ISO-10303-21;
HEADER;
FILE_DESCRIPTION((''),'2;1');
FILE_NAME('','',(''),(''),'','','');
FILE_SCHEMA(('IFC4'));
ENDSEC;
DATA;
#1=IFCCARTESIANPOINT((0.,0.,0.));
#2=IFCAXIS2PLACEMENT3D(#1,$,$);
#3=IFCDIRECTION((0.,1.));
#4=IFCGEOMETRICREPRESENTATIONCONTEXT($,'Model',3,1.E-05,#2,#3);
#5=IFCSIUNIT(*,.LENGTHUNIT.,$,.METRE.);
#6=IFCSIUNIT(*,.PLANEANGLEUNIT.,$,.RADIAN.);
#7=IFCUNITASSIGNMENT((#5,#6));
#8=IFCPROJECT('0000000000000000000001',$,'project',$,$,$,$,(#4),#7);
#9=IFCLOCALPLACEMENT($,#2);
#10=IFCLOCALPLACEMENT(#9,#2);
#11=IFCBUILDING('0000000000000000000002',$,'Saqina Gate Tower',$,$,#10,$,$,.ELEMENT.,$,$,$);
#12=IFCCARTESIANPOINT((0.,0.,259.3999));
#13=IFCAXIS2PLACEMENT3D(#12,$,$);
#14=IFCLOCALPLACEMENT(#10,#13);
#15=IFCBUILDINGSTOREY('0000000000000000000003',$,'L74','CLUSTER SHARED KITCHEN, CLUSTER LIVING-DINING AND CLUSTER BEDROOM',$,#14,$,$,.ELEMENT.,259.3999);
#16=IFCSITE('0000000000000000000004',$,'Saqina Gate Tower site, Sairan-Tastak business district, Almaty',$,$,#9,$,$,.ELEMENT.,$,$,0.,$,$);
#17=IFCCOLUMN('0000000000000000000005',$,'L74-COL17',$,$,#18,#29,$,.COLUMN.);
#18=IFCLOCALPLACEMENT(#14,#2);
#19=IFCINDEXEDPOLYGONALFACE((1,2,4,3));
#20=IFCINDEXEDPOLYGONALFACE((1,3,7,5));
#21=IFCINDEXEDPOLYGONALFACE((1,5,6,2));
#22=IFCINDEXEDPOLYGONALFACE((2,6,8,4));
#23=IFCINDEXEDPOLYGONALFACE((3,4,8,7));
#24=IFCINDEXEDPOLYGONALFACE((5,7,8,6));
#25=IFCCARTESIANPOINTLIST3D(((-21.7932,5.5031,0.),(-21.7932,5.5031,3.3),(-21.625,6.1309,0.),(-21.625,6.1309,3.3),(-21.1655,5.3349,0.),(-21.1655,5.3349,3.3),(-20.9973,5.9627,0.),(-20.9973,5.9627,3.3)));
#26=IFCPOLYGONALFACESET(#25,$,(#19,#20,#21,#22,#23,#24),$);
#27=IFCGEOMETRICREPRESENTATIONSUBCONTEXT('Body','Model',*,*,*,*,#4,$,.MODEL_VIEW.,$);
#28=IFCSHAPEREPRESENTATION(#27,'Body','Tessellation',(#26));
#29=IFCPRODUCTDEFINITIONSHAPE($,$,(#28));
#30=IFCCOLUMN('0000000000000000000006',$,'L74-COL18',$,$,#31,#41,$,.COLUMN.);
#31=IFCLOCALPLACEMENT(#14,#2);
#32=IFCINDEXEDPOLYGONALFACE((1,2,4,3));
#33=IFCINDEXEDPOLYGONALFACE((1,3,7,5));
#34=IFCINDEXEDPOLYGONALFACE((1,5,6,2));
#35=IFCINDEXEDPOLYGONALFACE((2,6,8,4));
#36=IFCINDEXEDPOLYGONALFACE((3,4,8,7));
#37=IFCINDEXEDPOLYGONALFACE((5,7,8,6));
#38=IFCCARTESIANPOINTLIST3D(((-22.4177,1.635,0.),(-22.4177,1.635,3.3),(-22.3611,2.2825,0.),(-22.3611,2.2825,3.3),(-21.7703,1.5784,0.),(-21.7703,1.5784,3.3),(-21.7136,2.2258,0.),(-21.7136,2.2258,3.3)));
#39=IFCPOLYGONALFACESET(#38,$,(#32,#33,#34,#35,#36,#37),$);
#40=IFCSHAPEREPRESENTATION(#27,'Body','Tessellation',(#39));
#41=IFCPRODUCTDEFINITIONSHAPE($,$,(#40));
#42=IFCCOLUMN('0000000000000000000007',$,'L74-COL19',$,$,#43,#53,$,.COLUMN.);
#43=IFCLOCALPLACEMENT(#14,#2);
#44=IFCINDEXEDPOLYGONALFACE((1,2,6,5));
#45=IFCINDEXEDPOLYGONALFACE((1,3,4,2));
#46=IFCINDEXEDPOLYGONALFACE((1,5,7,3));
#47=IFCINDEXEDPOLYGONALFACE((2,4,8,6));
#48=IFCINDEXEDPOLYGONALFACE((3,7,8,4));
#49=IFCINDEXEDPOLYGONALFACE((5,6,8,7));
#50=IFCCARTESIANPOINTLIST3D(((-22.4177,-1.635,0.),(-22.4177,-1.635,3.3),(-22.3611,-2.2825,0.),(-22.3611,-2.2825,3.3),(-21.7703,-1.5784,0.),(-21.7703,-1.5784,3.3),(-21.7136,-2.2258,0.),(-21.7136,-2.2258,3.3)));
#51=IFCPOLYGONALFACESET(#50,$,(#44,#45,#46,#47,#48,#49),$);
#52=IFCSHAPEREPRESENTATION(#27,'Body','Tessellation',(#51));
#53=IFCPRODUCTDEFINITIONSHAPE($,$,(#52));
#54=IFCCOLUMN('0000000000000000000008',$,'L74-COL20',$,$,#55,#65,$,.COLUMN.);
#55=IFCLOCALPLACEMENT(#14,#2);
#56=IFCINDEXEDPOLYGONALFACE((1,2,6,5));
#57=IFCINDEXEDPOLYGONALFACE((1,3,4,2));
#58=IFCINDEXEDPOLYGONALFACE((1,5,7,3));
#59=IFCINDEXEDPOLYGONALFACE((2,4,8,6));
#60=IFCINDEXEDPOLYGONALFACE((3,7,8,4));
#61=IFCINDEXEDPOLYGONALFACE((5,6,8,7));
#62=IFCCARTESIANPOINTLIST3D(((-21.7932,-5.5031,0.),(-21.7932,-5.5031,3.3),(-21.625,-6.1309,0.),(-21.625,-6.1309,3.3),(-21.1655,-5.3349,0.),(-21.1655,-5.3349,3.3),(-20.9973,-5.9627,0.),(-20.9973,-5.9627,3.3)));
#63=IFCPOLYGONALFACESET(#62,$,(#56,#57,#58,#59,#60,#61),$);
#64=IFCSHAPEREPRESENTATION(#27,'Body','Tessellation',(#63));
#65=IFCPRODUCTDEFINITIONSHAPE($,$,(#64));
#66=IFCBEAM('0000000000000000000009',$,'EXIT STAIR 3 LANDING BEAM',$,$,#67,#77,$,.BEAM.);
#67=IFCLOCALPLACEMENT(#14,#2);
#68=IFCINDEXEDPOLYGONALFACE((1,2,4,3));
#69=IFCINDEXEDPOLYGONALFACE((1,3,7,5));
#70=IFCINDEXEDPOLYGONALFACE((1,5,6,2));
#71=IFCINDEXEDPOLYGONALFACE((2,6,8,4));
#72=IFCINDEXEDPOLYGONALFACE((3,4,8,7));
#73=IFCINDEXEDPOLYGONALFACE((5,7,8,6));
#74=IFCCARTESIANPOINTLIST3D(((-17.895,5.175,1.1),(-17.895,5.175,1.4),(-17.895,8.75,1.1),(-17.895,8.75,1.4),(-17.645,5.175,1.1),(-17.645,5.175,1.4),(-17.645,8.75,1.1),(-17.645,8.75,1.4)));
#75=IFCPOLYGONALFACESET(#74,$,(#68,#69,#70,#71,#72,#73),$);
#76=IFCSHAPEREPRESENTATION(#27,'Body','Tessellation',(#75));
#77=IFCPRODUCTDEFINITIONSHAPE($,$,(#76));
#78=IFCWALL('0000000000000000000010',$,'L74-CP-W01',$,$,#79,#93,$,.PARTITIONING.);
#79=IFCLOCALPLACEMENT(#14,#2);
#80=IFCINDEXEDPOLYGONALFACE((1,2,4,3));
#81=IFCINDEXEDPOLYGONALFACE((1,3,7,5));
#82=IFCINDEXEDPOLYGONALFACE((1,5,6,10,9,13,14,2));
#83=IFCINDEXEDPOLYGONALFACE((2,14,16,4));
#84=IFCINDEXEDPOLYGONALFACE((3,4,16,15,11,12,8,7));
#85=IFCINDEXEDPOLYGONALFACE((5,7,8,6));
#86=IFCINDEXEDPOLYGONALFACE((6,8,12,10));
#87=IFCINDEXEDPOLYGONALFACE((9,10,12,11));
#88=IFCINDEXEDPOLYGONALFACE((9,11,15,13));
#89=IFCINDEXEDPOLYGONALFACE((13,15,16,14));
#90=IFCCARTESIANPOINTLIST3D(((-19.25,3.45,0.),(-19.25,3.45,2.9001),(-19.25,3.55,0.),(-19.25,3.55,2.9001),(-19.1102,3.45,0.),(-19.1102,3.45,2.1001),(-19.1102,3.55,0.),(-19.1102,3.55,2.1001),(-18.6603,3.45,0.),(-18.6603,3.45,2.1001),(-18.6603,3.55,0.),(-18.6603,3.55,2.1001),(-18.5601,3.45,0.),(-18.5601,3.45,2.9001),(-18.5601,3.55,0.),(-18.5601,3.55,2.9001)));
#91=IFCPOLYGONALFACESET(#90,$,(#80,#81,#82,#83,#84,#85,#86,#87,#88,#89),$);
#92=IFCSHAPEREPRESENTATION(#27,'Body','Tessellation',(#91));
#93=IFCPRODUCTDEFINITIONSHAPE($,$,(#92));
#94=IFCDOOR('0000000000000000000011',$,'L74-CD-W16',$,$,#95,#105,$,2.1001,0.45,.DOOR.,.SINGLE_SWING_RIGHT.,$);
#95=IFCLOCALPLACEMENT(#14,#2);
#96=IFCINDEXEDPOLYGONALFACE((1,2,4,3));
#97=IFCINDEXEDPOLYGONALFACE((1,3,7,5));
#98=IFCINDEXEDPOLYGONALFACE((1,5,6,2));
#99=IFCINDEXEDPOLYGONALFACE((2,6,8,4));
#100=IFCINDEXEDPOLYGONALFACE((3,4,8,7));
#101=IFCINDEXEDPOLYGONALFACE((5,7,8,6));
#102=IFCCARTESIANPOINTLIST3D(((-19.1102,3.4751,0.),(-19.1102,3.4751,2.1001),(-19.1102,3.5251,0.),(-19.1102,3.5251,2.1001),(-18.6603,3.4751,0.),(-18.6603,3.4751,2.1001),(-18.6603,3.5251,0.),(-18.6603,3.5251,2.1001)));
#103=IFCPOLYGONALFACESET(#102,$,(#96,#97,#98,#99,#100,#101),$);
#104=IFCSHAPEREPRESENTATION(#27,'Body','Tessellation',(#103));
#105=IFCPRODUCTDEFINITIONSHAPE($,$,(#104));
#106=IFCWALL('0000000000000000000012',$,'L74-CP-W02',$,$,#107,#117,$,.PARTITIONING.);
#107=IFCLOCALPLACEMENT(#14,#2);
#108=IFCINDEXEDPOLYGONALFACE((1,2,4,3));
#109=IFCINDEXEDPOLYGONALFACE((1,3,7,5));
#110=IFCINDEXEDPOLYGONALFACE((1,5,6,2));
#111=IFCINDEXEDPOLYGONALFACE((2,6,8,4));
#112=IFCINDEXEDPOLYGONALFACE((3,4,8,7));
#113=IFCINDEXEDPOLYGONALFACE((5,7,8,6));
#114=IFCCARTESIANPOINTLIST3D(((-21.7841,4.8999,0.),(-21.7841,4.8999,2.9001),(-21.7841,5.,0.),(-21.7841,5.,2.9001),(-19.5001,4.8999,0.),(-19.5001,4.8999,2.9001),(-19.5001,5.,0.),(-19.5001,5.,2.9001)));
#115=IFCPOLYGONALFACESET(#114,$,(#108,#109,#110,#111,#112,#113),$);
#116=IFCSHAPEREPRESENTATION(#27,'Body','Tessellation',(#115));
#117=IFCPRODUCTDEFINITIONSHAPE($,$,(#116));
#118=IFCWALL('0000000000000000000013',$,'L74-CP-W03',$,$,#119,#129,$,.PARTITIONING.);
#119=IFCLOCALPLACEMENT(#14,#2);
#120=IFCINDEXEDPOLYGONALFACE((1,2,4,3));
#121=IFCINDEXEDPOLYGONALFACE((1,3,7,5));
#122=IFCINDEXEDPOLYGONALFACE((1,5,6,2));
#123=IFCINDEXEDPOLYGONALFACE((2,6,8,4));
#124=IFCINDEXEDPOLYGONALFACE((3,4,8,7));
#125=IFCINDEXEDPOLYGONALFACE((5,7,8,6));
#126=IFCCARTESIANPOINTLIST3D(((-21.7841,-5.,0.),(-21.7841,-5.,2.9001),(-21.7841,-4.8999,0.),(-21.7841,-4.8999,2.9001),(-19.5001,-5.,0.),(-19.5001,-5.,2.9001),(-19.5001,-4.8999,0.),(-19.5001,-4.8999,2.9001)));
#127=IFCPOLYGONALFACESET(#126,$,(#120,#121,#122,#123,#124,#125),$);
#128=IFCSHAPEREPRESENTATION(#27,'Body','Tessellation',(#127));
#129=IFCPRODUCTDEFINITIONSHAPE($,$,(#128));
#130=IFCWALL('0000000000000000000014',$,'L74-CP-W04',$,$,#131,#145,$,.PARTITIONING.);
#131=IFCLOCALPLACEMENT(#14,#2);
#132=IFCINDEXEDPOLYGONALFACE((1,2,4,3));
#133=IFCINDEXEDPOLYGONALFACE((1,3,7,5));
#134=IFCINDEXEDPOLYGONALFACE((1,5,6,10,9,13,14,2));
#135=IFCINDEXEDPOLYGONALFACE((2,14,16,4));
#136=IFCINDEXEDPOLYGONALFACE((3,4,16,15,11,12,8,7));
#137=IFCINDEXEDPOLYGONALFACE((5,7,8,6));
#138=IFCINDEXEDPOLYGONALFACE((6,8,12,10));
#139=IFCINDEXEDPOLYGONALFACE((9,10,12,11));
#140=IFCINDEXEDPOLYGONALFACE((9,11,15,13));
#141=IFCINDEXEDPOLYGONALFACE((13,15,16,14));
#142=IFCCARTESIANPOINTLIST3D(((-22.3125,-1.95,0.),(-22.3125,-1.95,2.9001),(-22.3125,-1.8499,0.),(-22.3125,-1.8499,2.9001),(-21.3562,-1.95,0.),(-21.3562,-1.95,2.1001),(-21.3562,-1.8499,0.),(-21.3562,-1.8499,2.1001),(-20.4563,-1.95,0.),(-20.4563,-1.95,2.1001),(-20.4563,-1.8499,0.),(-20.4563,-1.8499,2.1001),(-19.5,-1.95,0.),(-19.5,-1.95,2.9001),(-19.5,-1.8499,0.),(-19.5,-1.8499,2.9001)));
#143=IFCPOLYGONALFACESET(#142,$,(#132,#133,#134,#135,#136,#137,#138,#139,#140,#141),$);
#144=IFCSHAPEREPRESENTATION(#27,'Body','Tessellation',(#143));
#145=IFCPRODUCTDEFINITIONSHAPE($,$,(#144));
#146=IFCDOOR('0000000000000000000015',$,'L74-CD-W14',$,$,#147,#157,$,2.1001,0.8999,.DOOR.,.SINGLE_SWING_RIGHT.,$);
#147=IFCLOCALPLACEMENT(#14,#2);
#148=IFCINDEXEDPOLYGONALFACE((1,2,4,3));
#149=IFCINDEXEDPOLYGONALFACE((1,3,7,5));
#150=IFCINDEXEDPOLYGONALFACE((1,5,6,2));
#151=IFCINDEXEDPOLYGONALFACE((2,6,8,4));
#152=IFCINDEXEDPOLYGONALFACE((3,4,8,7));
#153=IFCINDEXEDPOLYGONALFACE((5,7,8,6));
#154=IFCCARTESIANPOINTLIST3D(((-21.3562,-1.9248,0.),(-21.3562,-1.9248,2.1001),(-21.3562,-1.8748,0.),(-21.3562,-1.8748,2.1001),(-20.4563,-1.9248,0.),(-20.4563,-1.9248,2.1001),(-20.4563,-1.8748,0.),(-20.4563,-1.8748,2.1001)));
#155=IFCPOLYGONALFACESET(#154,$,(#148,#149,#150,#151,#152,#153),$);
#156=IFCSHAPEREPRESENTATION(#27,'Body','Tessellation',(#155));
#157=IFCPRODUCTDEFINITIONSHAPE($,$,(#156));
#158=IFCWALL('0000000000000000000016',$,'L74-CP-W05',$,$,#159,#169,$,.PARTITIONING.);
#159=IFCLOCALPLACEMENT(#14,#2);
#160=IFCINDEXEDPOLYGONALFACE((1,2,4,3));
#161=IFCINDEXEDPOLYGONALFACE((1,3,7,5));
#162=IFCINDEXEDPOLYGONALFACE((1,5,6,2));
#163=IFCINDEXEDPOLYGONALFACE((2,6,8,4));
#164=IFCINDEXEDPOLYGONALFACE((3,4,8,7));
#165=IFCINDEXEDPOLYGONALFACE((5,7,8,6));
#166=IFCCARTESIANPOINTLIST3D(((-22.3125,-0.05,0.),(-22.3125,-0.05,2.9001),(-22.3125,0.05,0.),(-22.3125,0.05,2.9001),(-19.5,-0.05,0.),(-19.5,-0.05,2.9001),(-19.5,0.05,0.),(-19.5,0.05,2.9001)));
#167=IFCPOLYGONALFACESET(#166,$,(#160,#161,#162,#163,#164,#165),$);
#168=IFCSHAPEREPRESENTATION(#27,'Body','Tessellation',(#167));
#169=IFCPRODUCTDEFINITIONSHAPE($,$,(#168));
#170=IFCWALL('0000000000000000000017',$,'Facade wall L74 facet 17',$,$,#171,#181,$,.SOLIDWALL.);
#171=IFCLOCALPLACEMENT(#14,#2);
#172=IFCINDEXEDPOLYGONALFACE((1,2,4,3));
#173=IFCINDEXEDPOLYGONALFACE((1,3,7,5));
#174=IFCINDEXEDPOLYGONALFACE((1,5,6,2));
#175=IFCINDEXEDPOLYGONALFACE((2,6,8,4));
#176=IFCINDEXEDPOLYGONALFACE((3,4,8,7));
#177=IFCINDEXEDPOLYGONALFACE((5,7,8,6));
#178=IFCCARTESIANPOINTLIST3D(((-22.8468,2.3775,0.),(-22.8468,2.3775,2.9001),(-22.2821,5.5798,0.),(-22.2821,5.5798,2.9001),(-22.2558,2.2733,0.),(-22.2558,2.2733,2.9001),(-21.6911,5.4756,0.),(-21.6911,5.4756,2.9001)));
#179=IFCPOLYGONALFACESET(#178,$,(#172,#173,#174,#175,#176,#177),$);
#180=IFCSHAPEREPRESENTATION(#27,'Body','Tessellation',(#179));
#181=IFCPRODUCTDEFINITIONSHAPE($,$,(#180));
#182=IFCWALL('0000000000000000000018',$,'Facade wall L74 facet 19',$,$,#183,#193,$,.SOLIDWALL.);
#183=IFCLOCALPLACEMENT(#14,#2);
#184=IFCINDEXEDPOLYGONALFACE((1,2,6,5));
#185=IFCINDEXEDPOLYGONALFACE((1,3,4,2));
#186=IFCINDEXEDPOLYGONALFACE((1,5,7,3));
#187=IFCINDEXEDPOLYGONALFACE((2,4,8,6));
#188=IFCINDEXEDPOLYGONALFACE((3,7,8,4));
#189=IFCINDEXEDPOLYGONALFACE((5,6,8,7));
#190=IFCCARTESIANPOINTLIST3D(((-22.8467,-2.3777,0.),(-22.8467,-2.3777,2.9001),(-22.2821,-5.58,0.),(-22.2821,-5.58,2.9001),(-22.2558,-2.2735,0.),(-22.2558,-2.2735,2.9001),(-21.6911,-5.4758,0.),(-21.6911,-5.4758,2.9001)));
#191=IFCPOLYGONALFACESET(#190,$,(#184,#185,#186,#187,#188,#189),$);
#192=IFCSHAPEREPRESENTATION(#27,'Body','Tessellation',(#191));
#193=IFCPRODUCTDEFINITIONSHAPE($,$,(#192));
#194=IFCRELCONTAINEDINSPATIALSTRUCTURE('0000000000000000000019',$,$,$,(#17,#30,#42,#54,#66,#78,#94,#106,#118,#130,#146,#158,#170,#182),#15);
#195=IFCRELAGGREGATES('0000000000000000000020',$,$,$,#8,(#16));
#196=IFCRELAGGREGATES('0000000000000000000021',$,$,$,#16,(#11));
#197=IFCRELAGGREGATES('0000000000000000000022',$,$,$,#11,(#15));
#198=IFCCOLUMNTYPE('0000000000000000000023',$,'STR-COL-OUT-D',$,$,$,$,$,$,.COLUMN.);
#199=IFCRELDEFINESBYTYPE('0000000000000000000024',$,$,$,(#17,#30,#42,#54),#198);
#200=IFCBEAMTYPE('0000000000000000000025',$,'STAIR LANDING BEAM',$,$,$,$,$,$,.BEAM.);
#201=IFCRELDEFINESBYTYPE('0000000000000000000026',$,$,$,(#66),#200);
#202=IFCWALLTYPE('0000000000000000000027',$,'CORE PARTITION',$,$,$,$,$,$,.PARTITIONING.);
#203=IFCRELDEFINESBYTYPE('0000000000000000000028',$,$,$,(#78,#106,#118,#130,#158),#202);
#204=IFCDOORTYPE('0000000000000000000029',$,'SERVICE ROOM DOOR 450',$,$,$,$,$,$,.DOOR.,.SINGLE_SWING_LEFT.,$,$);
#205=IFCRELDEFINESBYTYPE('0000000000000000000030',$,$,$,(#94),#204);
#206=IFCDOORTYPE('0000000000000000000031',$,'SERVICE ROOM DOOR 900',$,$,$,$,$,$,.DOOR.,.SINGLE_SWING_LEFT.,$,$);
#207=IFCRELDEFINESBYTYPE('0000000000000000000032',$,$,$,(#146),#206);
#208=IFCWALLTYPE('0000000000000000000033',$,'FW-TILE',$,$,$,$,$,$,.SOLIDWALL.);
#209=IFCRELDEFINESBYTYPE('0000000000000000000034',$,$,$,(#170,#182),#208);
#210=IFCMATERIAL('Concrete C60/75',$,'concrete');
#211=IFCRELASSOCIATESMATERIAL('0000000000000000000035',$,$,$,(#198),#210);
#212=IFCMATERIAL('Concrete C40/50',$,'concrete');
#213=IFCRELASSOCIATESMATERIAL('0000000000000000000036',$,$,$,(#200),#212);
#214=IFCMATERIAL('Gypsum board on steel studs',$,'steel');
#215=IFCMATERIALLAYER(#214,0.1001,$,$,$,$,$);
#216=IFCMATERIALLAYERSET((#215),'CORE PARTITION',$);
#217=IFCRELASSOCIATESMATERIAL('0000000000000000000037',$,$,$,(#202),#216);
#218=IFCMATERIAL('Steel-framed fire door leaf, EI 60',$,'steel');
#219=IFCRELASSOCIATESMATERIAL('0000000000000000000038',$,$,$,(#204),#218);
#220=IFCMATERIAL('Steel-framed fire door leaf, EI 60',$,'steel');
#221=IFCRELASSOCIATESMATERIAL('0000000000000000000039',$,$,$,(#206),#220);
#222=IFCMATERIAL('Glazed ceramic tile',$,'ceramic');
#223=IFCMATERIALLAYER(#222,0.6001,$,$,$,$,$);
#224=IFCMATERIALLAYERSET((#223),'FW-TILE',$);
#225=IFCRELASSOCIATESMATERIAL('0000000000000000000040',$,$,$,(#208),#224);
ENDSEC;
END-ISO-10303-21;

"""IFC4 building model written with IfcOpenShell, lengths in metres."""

from ifc_helpers import new_model, si_unit, direction, frame, frame_2d, origin, origin_2d, place, context, subcontext, project, spatial, rectangle, extrude, material, layer, layer_set, material_profile, profile_set, type_object, element, fill, save


model = new_model("IFC4")

# Units and contexts
model_context = context("Model", 3, precision=1e-05, world=origin(), true_north=direction((0.0, 1.0)))
body_context = subcontext(model_context, "Body", "Model", "MODEL_VIEW")
ifc_project = project(units=[si_unit("LENGTHUNIT", "METRE"), si_unit("PLANEANGLEUNIT", "RADIAN")], contexts=[model_context])

# Site, building, storey
site_placement = place(None, origin())
site = spatial("IfcSite", under=ifc_project, at=site_placement, Name="Saqina Gate Tower site, Sairan-Tastak business district, Almaty", CompositionType="ELEMENT", RefElevation=0.0)
building_placement = place(site_placement, origin())
building = spatial("IfcBuilding", under=site, at=building_placement, Name="Saqina Gate Tower", CompositionType="ELEMENT")
storey_placement = place(building_placement, frame((0.0, 0.0, 259.3999)))
storey = spatial("IfcBuildingStorey", under=building, at=storey_placement, Name="L74", Description="CLUSTER SHARED KITCHEN, CLUSTER LIVING-DINING AND CLUSTER BEDROOM", CompositionType="ELEMENT", Elevation=259.3999)

# Columns
ifc_material_1 = material(Name="Concrete C60/75", Category="concrete")
ifc_material_profile_1 = material_profile(ifc_material_1, rectangle(XDim=0.6499, YDim=0.6499, at=origin_2d()), Name="RC 650x650")
ifc_profile_set_1 = profile_set([ifc_material_profile_1], Name="Concrete C60/75")
column_type = type_object("IfcColumnType", Name="STR-COL-OUT-D", PredefinedType="COLUMN", material=ifc_profile_set_1)
for number, where, z_axis, x_axis, name in (
    (1, (-21.3953, 5.7329, 0.0), (0.0, 0.0, 1.0), (-0.965926, 0.258819, 0.0), "L74-COL17"),
    (2, (-22.0657, 1.9304, 0.0), (0.0, 0.0, 1.0), (-0.996195, 0.087156, 0.0), "L74-COL18"),
    (3, (-22.0657, -1.9304, 0.0), (0.0, 0.0, 1.0), (-0.996195, -0.087156, 0.0), "L74-COL19"),
    (4, (-21.3953, -5.7329, 0.0), (0.0, 0.0, 1.0), (-0.965926, -0.258819, 0.0), "L74-COL20"),
):
    element("IfcColumn", number, at=place(storey_placement, frame(where, z_axis=z_axis, x_axis=x_axis)), inside=storey, type_object=column_type, Name=name, PredefinedType="COLUMN", context=body_context, shape_type="SweptSolid", body=[
        extrude(rectangle(XDim=0.6499, YDim=0.6499, at=origin_2d()), origin(), (0.0, 0.0, 1.0), 3.3),
    ])

# Beam
ifc_material_2 = material(Name="Concrete C40/50", Category="concrete")
ifc_material_profile_2 = material_profile(ifc_material_2, rectangle(XDim=0.25, YDim=0.3, at=origin_2d()), Name="STAIR LANDING BEAM")
ifc_profile_set_2 = profile_set([ifc_material_profile_2], Name="Concrete C40/50")
beam_type = type_object("IfcBeamType", Name="STAIR LANDING BEAM", PredefinedType="BEAM", material=ifc_profile_set_2)
beam_placement = place(storey_placement, frame((-17.77, 5.175, 1.25), z_axis=(0.0, 1.0, 0.0), x_axis=(-1.0, 0.0, 0.0)))
element("IfcBeam", 5, at=beam_placement, inside=storey, type_object=beam_type, Name="EXIT STAIR 3 LANDING BEAM", PredefinedType="BEAM", context=body_context, shape_type="SweptSolid", body=[
    extrude(rectangle(XDim=0.25, YDim=0.3, at=origin_2d()), origin(), (0.0, 0.0, 1.0), 3.575),
])

# Wall, opening, door
ifc_material_3 = material(Name="Gypsum board on steel studs", Category="steel")
ifc_layer_1 = layer(ifc_material_3, 0.1001)
ifc_layer_set_1 = layer_set([ifc_layer_1], Name="CORE PARTITION")
wall_type_1 = type_object("IfcWallType", Name="CORE PARTITION", PredefinedType="PARTITIONING", material=ifc_layer_set_1)
wall_1_placement = place(storey_placement, frame((-18.5601, 3.5, 0.0), z_axis=(0.0, 0.0, 1.0), x_axis=(-1.0, 0.0, 0.0)))
wall_1 = element("IfcWall", 6, at=wall_1_placement, inside=storey, type_object=wall_type_1, Name="L74-CP-W01", PredefinedType="PARTITIONING", context=body_context, shape_type="SweptSolid", body=[
    extrude(rectangle(XDim=0.6899, YDim=0.1001, at=frame_2d((0.345, 0.0))), origin(), (0.0, 0.0, 1.0), 2.9001),
])
opening_1_placement = place(wall_1_placement, frame((0.1001, 0.0, 0.0)))
opening_1 = element("IfcOpeningElement", 7, at=opening_1_placement, cuts=wall_1, PredefinedType="OPENING", context=body_context, shape_type="SweptSolid", body=[
    extrude(rectangle(XDim=0.45, YDim=2.1001, at=frame_2d((0.2251, 1.05))), frame((0.0, 0.062, 0.0), z_axis=(0.0, -1.0, 0.0), x_axis=(1.0, 0.0, 0.0)), (0.0, 0.0, 1.0), 0.124),
])
ifc_material_4 = material(Name="Steel-framed fire door leaf, EI 60", Category="steel")
door_type_1 = type_object("IfcDoorType", Name="SERVICE ROOM DOOR 450", OperationType="SINGLE_SWING_LEFT", PredefinedType="DOOR", material=ifc_material_4)
door_1_placement = place(opening_1_placement, origin())
door_1 = element("IfcDoor", 8, at=door_1_placement, inside=storey, type_object=door_type_1, Name="L74-CD-W16", OperationType="SINGLE_SWING_RIGHT", OverallHeight=2.1001, OverallWidth=0.45, PredefinedType="DOOR", context=body_context, shape_type="SweptSolid", body=[
    extrude(rectangle(XDim=0.45, YDim=2.1001, at=frame_2d((0.2251, 1.05))), frame((0.0, 0.0249, 0.0), z_axis=(0.0, -1.0, 0.0), x_axis=(1.0, 0.0, 0.0)), (0.0, 0.0, 1.0), 0.05),
])
fill(opening_1, door_1)

# Walls
for number, where, z_axis, x_axis, name in (
    (9, (-19.5, 4.95, 0.0), (0.0, 0.0, 1.0), (-1.0, 0.0, 0.0), "L74-CP-W02"),
    (10, (-19.5, -4.95, 0.0), (0.0, 0.0, 1.0), (-1.0, 0.0, 0.0), "L74-CP-W03"),
):
    element("IfcWall", number, at=place(storey_placement, frame(where, z_axis=z_axis, x_axis=x_axis)), inside=storey, type_object=wall_type_1, Name=name, PredefinedType="PARTITIONING", context=body_context, shape_type="SweptSolid", body=[
        extrude(rectangle(XDim=2.2839, YDim=0.1001, at=frame_2d((1.1421, 0.0))), origin(), (0.0, 0.0, 1.0), 2.9001),
    ])

# Wall, opening, door
wall_2_placement = place(storey_placement, frame((-19.5, -1.8999, 0.0), z_axis=(0.0, 0.0, 1.0), x_axis=(-1.0, 0.0, 0.0)))
wall_2 = element("IfcWall", 11, at=wall_2_placement, inside=storey, type_object=wall_type_1, Name="L74-CP-W04", PredefinedType="PARTITIONING", context=body_context, shape_type="SweptSolid", body=[
    extrude(rectangle(XDim=2.8125, YDim=0.1001, at=frame_2d((1.4062, 0.0))), origin(), (0.0, 0.0, 1.0), 2.9001),
])
opening_2_placement = place(wall_2_placement, frame((0.9563, 0.0, 0.0)))
opening_2 = element("IfcOpeningElement", 12, at=opening_2_placement, cuts=wall_2, PredefinedType="OPENING", context=body_context, shape_type="SweptSolid", body=[
    extrude(rectangle(XDim=0.8999, YDim=2.1001, at=frame_2d((0.45, 1.05))), frame((0.0, 0.062, 0.0), z_axis=(0.0, -1.0, 0.0), x_axis=(1.0, 0.0, 0.0)), (0.0, 0.0, 1.0), 0.124),
])
ifc_material_5 = material(Name="Steel-framed fire door leaf, EI 60", Category="steel")
door_type_2 = type_object("IfcDoorType", Name="SERVICE ROOM DOOR 900", OperationType="SINGLE_SWING_LEFT", PredefinedType="DOOR", material=ifc_material_5)
door_2_placement = place(opening_2_placement, origin())
door_2 = element("IfcDoor", 13, at=door_2_placement, inside=storey, type_object=door_type_2, Name="L74-CD-W14", OperationType="SINGLE_SWING_RIGHT", OverallHeight=2.1001, OverallWidth=0.8999, PredefinedType="DOOR", context=body_context, shape_type="SweptSolid", body=[
    extrude(rectangle(XDim=0.8999, YDim=2.1001, at=frame_2d((0.45, 1.05))), frame((0.0, 0.0249, 0.0), z_axis=(0.0, -1.0, 0.0), x_axis=(1.0, 0.0, 0.0)), (0.0, 0.0, 1.0), 0.05),
])
fill(opening_2, door_2)

# Walls
wall_3_placement = place(storey_placement, frame((-19.5, 0.0, 0.0), z_axis=(0.0, 0.0, 1.0), x_axis=(-1.0, 0.0, 0.0)))
element("IfcWall", 14, at=wall_3_placement, inside=storey, type_object=wall_type_1, Name="L74-CP-W05", PredefinedType="PARTITIONING", context=body_context, shape_type="SweptSolid", body=[
    extrude(rectangle(XDim=2.8125, YDim=0.1001, at=frame_2d((1.4062, 0.0))), origin(), (0.0, 0.0, 1.0), 2.9001),
])
ifc_material_6 = material(Name="Glazed ceramic tile", Category="ceramic")
ifc_layer_2 = layer(ifc_material_6, 0.6001)
ifc_layer_set_2 = layer_set([ifc_layer_2], Name="FW-TILE")
wall_type_2 = type_object("IfcWallType", Name="FW-TILE", PredefinedType="SOLIDWALL", material=ifc_layer_set_2)
for number, where, z_axis, x_axis, name in (
    (15, (-21.9866, 5.5278, 0.0), (0.0, 0.0, 1.0), (-0.173657, -0.984806, 0.0), "Facade wall L74 facet 17"),
    (16, (-22.5513, -2.3254, 0.0), (0.0, 0.0, 1.0), (0.173657, -0.984806, 0.0), "Facade wall L74 facet 19"),
):
    element("IfcWall", number, at=place(storey_placement, frame(where, z_axis=z_axis, x_axis=x_axis)), inside=storey, type_object=wall_type_2, Name=name, PredefinedType="SOLIDWALL", context=body_context, shape_type="SweptSolid", body=[
        extrude(rectangle(XDim=3.2517, YDim=0.6001, at=frame_2d((1.626, 0.0))), origin(), (0.0, 0.0, 1.0), 2.9001),
    ])

save(model, "model.ifc")
